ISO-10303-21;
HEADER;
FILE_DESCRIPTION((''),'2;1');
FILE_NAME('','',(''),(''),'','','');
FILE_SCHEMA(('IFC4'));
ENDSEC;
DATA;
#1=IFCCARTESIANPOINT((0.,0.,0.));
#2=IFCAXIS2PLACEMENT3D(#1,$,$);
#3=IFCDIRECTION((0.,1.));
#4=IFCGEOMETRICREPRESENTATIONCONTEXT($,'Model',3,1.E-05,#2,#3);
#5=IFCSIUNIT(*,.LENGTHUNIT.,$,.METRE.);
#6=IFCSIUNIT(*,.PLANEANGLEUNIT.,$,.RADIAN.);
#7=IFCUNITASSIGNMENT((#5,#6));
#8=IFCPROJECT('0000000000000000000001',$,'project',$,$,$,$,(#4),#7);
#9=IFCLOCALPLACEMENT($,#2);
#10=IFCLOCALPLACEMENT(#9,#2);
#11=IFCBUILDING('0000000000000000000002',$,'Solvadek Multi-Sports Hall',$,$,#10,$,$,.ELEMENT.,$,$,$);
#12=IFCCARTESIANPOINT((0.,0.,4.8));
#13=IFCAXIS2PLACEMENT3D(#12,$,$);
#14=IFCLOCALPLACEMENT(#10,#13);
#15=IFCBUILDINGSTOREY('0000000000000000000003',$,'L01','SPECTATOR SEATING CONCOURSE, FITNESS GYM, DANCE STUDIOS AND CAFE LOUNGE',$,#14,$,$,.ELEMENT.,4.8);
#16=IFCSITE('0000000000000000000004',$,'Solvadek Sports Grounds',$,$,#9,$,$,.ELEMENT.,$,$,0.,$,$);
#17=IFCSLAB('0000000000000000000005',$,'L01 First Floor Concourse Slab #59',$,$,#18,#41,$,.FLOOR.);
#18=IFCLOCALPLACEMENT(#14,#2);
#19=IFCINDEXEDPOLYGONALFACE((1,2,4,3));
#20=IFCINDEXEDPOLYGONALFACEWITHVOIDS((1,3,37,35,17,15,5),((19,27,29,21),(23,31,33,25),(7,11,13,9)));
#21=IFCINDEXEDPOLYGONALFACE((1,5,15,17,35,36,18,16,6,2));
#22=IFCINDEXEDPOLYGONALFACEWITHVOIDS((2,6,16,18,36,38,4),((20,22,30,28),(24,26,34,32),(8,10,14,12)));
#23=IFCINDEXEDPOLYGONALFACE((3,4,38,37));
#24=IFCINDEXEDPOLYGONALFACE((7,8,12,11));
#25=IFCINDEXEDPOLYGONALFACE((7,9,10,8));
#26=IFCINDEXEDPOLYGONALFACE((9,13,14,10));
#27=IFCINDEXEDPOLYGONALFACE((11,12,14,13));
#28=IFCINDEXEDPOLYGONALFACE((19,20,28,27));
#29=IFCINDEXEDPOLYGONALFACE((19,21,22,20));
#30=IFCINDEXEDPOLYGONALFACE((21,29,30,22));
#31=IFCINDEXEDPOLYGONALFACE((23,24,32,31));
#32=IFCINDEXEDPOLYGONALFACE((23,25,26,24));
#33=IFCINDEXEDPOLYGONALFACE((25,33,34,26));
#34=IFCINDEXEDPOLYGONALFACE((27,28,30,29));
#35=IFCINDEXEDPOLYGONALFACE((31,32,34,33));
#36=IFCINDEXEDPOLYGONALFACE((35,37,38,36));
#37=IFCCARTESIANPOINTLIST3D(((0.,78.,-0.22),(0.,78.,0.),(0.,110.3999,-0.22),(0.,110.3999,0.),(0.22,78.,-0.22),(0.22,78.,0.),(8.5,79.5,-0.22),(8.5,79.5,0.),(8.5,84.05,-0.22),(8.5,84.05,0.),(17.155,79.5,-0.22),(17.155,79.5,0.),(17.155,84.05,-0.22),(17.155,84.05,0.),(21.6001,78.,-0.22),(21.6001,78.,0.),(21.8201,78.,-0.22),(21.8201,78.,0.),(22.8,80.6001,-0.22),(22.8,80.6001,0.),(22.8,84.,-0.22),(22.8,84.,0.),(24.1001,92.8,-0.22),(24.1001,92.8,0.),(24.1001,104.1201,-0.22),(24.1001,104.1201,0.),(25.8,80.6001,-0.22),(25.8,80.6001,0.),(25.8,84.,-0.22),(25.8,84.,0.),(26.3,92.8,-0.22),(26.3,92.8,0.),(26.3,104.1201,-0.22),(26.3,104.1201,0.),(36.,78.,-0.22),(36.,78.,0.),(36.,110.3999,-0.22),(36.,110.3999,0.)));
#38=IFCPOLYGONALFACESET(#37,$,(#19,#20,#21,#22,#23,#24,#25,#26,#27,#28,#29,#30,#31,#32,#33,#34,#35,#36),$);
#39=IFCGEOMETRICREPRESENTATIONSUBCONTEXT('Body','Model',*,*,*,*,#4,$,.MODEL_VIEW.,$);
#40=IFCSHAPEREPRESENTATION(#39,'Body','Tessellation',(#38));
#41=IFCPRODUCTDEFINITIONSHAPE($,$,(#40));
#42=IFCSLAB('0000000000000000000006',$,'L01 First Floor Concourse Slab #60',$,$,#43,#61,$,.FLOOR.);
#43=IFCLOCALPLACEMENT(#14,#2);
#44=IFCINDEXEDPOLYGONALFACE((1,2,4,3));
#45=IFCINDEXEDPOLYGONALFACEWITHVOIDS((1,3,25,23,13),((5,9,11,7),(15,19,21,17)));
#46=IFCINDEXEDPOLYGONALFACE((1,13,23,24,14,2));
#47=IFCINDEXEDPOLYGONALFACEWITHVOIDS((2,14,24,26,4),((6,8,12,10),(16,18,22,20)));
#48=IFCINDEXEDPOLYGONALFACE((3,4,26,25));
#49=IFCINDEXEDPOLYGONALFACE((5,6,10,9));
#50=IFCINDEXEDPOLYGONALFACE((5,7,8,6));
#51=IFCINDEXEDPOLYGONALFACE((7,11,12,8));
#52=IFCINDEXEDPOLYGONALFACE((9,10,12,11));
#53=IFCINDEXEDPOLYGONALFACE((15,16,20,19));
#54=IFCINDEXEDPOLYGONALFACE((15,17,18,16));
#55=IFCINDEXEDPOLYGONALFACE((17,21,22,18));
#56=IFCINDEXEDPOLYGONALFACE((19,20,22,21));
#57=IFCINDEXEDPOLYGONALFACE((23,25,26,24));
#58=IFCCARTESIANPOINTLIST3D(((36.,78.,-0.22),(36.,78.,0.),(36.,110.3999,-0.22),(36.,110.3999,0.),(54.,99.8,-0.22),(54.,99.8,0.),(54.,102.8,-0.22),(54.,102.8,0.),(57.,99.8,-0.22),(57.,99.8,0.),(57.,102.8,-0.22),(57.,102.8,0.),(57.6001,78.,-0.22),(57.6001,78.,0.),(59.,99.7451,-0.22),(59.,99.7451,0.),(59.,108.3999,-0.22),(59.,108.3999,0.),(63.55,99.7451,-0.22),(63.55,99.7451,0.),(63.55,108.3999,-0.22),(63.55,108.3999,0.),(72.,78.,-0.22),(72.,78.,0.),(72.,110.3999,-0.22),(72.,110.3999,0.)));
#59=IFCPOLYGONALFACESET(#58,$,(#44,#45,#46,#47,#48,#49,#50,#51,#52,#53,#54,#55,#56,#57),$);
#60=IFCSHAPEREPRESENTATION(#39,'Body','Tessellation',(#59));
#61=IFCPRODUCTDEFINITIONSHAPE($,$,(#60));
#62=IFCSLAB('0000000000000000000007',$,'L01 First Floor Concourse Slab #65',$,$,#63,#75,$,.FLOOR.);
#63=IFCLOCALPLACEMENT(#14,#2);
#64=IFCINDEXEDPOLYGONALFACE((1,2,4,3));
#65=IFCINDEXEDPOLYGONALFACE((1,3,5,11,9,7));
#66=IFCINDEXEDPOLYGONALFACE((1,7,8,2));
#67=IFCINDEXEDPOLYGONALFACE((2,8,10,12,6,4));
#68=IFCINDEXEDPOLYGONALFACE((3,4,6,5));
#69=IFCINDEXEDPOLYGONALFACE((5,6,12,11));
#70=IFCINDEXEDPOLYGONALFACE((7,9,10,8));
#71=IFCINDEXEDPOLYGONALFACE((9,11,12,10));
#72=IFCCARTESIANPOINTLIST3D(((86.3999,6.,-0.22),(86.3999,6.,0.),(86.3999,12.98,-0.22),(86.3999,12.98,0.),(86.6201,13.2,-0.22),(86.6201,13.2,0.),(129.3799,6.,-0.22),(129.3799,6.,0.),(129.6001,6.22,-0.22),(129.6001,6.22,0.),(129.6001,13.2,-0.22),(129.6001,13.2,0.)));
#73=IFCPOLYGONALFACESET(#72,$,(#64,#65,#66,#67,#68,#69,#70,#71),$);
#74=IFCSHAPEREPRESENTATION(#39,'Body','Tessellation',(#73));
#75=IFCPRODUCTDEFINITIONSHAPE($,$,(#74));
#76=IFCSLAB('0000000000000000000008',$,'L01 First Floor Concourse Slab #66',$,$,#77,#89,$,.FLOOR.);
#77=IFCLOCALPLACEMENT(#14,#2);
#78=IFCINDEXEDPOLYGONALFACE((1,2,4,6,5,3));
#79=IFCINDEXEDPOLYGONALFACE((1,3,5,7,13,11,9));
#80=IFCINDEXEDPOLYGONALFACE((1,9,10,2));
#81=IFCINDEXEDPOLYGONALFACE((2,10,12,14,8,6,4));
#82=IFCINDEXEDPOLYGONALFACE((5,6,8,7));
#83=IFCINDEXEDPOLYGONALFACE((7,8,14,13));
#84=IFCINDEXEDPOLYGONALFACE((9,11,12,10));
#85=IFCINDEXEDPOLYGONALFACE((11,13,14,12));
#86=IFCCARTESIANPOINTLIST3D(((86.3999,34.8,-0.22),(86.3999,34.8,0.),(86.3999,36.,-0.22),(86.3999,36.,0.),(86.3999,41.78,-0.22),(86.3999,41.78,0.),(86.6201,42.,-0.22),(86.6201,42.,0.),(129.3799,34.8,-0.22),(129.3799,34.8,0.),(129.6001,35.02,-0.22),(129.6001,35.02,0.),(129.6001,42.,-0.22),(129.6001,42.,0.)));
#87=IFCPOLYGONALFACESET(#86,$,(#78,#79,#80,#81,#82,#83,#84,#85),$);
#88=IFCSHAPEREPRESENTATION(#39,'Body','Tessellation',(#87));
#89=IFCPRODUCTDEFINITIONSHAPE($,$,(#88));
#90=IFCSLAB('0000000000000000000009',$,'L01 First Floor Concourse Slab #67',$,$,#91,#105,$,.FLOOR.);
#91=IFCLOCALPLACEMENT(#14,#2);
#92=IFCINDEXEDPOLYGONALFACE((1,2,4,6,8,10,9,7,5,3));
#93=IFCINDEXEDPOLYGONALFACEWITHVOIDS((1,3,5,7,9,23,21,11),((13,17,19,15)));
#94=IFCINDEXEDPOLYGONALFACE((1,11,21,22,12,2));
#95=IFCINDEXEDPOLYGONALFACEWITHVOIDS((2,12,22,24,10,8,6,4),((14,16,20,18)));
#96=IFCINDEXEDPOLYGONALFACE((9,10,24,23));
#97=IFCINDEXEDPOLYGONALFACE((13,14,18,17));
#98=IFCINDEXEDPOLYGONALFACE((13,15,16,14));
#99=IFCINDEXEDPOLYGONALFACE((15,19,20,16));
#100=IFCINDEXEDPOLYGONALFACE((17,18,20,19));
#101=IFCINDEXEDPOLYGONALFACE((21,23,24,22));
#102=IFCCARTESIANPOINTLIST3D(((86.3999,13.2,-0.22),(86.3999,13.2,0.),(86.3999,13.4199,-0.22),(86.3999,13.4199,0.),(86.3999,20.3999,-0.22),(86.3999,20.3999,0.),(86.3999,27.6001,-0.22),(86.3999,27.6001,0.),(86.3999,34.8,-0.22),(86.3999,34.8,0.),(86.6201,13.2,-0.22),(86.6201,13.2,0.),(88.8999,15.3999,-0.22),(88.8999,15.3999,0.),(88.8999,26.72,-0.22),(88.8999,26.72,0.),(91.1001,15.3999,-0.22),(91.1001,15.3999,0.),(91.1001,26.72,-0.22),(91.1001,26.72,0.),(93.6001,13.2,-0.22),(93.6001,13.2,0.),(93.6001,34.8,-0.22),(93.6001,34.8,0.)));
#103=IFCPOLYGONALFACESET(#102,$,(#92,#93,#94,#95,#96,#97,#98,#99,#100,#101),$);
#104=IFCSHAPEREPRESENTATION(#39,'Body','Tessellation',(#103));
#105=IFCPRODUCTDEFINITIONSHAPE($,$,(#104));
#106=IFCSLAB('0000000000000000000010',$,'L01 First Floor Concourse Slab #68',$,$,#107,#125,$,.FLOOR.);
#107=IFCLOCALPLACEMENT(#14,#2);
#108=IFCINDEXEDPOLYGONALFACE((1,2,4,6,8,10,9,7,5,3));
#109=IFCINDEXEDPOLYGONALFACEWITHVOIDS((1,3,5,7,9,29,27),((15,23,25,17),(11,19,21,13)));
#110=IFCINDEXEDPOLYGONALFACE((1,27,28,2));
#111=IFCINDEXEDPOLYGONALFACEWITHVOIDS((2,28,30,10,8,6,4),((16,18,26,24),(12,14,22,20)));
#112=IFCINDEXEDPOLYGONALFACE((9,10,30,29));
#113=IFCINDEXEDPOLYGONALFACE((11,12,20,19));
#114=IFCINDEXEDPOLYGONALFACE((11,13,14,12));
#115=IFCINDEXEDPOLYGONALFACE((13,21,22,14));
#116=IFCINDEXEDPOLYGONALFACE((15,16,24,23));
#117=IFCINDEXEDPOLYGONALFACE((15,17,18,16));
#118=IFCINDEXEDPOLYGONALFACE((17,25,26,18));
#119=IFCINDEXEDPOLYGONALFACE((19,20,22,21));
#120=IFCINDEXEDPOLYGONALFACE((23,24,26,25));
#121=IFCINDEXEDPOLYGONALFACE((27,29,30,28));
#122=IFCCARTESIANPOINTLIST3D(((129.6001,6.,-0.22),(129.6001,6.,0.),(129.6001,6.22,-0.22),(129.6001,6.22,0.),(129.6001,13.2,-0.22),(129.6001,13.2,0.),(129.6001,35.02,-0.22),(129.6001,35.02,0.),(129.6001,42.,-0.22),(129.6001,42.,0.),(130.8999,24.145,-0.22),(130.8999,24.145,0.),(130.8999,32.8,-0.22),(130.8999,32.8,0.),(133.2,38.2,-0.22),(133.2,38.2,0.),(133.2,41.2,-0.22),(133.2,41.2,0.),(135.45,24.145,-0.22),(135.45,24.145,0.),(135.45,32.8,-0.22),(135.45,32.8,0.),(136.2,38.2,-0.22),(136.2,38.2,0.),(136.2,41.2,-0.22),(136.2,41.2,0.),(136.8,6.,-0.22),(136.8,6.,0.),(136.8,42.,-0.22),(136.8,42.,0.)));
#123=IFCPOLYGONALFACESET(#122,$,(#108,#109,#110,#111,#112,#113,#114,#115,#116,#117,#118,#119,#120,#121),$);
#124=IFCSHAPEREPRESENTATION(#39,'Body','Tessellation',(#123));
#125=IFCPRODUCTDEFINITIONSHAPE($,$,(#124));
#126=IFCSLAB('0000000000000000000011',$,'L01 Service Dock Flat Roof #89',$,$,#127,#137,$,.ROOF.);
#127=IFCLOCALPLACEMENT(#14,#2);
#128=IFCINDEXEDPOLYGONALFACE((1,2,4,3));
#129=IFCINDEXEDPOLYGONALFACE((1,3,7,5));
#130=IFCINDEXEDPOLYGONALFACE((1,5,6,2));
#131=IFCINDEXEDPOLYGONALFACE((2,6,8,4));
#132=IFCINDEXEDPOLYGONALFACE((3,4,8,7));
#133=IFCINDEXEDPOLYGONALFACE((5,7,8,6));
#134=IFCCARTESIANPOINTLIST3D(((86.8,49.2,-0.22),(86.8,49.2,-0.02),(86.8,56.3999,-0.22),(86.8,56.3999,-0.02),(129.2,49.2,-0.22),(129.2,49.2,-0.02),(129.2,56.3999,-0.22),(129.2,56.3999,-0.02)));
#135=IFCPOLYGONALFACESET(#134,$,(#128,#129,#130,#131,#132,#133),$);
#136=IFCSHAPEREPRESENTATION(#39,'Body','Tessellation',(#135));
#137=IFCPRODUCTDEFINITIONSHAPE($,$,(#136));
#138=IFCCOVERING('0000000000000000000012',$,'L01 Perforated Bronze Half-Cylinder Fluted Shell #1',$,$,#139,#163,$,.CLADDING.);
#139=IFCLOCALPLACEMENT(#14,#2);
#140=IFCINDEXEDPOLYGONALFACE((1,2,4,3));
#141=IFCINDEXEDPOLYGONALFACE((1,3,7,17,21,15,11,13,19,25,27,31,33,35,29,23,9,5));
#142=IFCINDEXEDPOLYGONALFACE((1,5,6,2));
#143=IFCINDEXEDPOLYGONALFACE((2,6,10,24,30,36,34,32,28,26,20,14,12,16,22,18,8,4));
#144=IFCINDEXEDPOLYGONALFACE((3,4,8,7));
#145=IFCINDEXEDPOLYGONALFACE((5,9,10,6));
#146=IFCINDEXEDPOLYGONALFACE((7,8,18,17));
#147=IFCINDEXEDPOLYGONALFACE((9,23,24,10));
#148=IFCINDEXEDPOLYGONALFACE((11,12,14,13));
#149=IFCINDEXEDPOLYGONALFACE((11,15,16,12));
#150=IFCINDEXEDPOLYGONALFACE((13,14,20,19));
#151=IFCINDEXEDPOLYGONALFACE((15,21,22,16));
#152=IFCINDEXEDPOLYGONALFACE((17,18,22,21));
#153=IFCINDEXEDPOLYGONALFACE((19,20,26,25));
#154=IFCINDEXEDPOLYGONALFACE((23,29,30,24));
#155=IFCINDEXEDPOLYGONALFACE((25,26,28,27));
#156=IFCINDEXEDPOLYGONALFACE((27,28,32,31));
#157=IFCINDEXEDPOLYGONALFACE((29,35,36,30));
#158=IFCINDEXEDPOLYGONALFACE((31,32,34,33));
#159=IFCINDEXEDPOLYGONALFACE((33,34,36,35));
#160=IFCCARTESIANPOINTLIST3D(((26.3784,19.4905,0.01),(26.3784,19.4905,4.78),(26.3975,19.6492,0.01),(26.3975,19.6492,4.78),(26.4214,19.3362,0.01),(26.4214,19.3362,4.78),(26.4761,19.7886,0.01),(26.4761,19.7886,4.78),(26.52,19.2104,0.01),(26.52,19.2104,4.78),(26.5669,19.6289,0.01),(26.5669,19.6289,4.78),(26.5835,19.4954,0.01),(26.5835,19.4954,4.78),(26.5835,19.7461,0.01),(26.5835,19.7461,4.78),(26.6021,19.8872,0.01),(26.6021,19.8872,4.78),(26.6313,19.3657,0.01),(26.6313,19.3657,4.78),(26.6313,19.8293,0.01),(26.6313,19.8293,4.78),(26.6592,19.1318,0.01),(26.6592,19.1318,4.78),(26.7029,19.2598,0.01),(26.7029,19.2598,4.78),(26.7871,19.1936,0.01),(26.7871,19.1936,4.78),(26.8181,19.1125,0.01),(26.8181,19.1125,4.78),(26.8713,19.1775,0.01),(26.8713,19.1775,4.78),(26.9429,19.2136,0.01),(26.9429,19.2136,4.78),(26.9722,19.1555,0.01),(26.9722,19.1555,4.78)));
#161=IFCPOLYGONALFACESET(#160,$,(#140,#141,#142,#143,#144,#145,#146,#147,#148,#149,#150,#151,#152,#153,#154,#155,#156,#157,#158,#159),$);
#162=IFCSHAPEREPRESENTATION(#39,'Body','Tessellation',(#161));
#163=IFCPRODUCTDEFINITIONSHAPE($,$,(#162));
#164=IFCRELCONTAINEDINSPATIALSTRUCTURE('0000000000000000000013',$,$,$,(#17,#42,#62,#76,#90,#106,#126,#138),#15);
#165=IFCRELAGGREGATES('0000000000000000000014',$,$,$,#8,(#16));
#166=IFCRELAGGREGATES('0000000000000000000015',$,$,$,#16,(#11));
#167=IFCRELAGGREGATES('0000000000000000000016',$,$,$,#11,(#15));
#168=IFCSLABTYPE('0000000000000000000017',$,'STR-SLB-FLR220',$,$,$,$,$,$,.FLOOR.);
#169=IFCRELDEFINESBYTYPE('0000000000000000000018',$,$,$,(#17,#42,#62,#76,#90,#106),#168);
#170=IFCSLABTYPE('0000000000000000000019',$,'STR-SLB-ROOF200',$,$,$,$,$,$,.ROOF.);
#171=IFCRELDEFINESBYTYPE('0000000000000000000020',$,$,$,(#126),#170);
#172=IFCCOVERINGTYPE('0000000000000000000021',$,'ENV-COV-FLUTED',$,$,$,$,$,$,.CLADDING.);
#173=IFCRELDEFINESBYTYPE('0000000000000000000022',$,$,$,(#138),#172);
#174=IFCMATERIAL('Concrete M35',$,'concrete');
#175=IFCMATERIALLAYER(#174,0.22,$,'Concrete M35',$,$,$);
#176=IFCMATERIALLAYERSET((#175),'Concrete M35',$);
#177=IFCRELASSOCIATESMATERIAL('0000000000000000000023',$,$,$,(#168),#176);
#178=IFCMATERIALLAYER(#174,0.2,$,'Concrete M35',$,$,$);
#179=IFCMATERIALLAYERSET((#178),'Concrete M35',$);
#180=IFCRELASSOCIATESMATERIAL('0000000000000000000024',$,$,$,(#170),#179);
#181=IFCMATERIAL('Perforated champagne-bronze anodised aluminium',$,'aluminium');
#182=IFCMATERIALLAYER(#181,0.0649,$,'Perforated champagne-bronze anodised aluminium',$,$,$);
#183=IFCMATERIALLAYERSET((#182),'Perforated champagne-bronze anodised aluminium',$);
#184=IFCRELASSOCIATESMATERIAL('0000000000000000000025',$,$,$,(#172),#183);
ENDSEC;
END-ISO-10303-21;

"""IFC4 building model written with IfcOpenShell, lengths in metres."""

from ifc_helpers import new_model, si_unit, direction, frame, origin, place, context, subcontext, project, spatial, polyline, outline, extrude, material, layer, layer_set, type_object, element, save


model = new_model("IFC4")

# Units and contexts
model_context = context("Model", 3, precision=1e-05, world=origin(), true_north=direction((0.0, 1.0)))
body_context = subcontext(model_context, "Body", "Model", "MODEL_VIEW")
ifc_project = project(units=[si_unit("LENGTHUNIT", "METRE"), si_unit("PLANEANGLEUNIT", "RADIAN")], contexts=[model_context])

# Site, building, storey
site_placement = place(None, origin())
site = spatial("IfcSite", under=ifc_project, at=site_placement, Name="Solvadek Sports Grounds", CompositionType="ELEMENT", RefElevation=0.0)
building_placement = place(site_placement, origin())
building = spatial("IfcBuilding", under=site, at=building_placement, Name="Solvadek Multi-Sports Hall", CompositionType="ELEMENT")
storey_placement = place(building_placement, frame((0.0, 0.0, 4.8)))
storey = spatial("IfcBuildingStorey", under=building, at=storey_placement, Name="L01", Description="SPECTATOR SEATING CONCOURSE, FITNESS GYM, DANCE STUDIOS AND CAFE LOUNGE", CompositionType="ELEMENT", Elevation=4.8)

# Slabs
ifc_material_1 = material(Name="Concrete M35", Category="concrete")
ifc_layer_1 = layer(ifc_material_1, 0.22, Name="Concrete M35")
ifc_layer_set_1 = layer_set([ifc_layer_1], Name="Concrete M35")
slab_type_1 = type_object("IfcSlabType", Name="STR-SLB-FLR220", PredefinedType="FLOOR", material=ifc_layer_set_1)
slab_1_placement = place(storey_placement, frame((0.0, 0.0, -0.22)))
element("IfcSlab", 1, at=slab_1_placement, inside=storey, type_object=slab_type_1, Name="L01 First Floor Concourse Slab #59", PredefinedType="FLOOR", context=body_context, shape_type="SweptSolid", body=[
    extrude(outline(polyline([(0.0, 110.3999), (36.0, 110.3999), (36.0, 78.0), (21.8201, 78.0), (21.6001, 78.0), (0.22, 78.0), (0.0, 78.0), (0.0, 110.3999)]), holes=[polyline([(26.3, 92.8), (26.3, 104.1201), (24.1001, 104.1201), (24.1001, 92.8), (26.3, 92.8)]), polyline([(25.8, 80.6001), (25.8, 84.0), (22.8, 84.0), (22.8, 80.6001), (25.8, 80.6001)]), polyline([(8.5, 84.05), (8.5, 79.5), (17.155, 79.5), (17.155, 84.05), (8.5, 84.05)])]), origin(), (0.0, 0.0, 1.0), 0.22),
])
slab_2_placement = place(storey_placement, frame((0.0, 0.0, -0.22)))
element("IfcSlab", 2, at=slab_2_placement, inside=storey, type_object=slab_type_1, Name="L01 First Floor Concourse Slab #60", PredefinedType="FLOOR", context=body_context, shape_type="SweptSolid", body=[
    extrude(outline(polyline([(36.0, 110.3999), (72.0, 110.3999), (72.0, 78.0), (57.6001, 78.0), (36.0, 78.0), (36.0, 110.3999)]), holes=[polyline([(63.55, 108.3999), (59.0, 108.3999), (59.0, 99.7451), (63.55, 99.7451), (63.55, 108.3999)]), polyline([(57.0, 99.8), (57.0, 102.8), (54.0, 102.8), (54.0, 99.8), (57.0, 99.8)])]), origin(), (0.0, 0.0, 1.0), 0.22),
])
slab_3_placement = place(storey_placement, frame((0.0, 0.0, -0.22)))
element("IfcSlab", 3, at=slab_3_placement, inside=storey, type_object=slab_type_1, Name="L01 First Floor Concourse Slab #65", PredefinedType="FLOOR", context=body_context, shape_type="SweptSolid", body=[
    extrude(outline(polyline([(86.3999, 12.98), (86.6201, 13.2), (129.6001, 13.2), (129.6001, 6.22), (129.3799, 6.0), (86.3999, 6.0), (86.3999, 12.98)])), origin(), (0.0, 0.0, 1.0), 0.22),
])
slab_4_placement = place(storey_placement, frame((0.0, 0.0, -0.22)))
element("IfcSlab", 4, at=slab_4_placement, inside=storey, type_object=slab_type_1, Name="L01 First Floor Concourse Slab #66", PredefinedType="FLOOR", context=body_context, shape_type="SweptSolid", body=[
    extrude(outline(polyline([(86.3999, 36.0), (86.3999, 41.78), (86.6201, 42.0), (129.6001, 42.0), (129.6001, 35.02), (129.3799, 34.8), (86.3999, 34.8), (86.3999, 36.0)])), origin(), (0.0, 0.0, 1.0), 0.22),
])
slab_5_placement = place(storey_placement, frame((0.0, 0.0, -0.22)))
element("IfcSlab", 5, at=slab_5_placement, inside=storey, type_object=slab_type_1, Name="L01 First Floor Concourse Slab #67", PredefinedType="FLOOR", context=body_context, shape_type="SweptSolid", body=[
    extrude(outline(polyline([(86.3999, 13.4199), (86.3999, 20.3999), (86.3999, 27.6001), (86.3999, 34.8), (93.6001, 34.8), (93.6001, 13.2), (86.6201, 13.2), (86.3999, 13.2), (86.3999, 13.4199)]), holes=[polyline([(91.1001, 15.3999), (91.1001, 26.72), (88.8999, 26.72), (88.8999, 15.3999), (91.1001, 15.3999)])]), origin(), (0.0, 0.0, 1.0), 0.22),
])
slab_6_placement = place(storey_placement, frame((0.0, 0.0, -0.22)))
element("IfcSlab", 6, at=slab_6_placement, inside=storey, type_object=slab_type_1, Name="L01 First Floor Concourse Slab #68", PredefinedType="FLOOR", context=body_context, shape_type="SweptSolid", body=[
    extrude(outline(polyline([(129.6001, 6.22), (129.6001, 13.2), (129.6001, 35.02), (129.6001, 42.0), (136.8, 42.0), (136.8, 6.0), (129.6001, 6.0), (129.6001, 6.22)]), holes=[polyline([(136.2, 38.2), (136.2, 41.2), (133.2, 41.2), (133.2, 38.2), (136.2, 38.2)]), polyline([(135.45, 32.8), (130.8999, 32.8), (130.8999, 24.145), (135.45, 24.145), (135.45, 32.8)])]), origin(), (0.0, 0.0, 1.0), 0.22),
])
ifc_layer_2 = layer(ifc_material_1, 0.2, Name="Concrete M35")
ifc_layer_set_2 = layer_set([ifc_layer_2], Name="Concrete M35")
slab_type_2 = type_object("IfcSlabType", Name="STR-SLB-ROOF200", PredefinedType="ROOF", material=ifc_layer_set_2)
slab_7_placement = place(storey_placement, frame((0.0, 0.0, -0.22)))
element("IfcSlab", 7, at=slab_7_placement, inside=storey, type_object=slab_type_2, Name="L01 Service Dock Flat Roof #89", PredefinedType="ROOF", context=body_context, shape_type="SweptSolid", body=[
    extrude(outline(polyline([(86.8, 56.3999), (129.2, 56.3999), (129.2, 49.2), (86.8, 49.2), (86.8, 56.3999)])), origin(), (0.0, 0.0, 1.0), 0.2),
])

# Covering
ifc_material_2 = material(Name="Perforated champagne-bronze anodised aluminium", Category="aluminium")
ifc_layer_3 = layer(ifc_material_2, 0.0649, Name="Perforated champagne-bronze anodised aluminium")
ifc_layer_set_3 = layer_set([ifc_layer_3], Name="Perforated champagne-bronze anodised aluminium")
covering_type = type_object("IfcCoveringType", Name="ENV-COV-FLUTED", PredefinedType="CLADDING", material=ifc_layer_set_3)
covering_1_placement = place(storey_placement, frame((0.0, 0.0, 0.01)))
element("IfcCovering", 8, at=covering_1_placement, inside=storey, type_object=covering_type, Name="L01 Perforated Bronze Half-Cylinder Fluted Shell #1", PredefinedType="CLADDING", context=body_context, shape_type="SweptSolid", body=[
    extrude(outline(polyline([(26.9722, 19.1555), (26.8181, 19.1125), (26.6592, 19.1318), (26.52, 19.2104), (26.4214, 19.3362), (26.3784, 19.4905), (26.3975, 19.6492), (26.4761, 19.7886), (26.6021, 19.8872), (26.6313, 19.8293), (26.5835, 19.7461), (26.5669, 19.6289), (26.5835, 19.4954), (26.6313, 19.3657), (26.7029, 19.2598), (26.7871, 19.1936), (26.8713, 19.1775), (26.9429, 19.2136), (26.9722, 19.1555)])), origin(), (0.0, 0.0, 1.0), 4.77),
])

save(model, "model.ifc")
